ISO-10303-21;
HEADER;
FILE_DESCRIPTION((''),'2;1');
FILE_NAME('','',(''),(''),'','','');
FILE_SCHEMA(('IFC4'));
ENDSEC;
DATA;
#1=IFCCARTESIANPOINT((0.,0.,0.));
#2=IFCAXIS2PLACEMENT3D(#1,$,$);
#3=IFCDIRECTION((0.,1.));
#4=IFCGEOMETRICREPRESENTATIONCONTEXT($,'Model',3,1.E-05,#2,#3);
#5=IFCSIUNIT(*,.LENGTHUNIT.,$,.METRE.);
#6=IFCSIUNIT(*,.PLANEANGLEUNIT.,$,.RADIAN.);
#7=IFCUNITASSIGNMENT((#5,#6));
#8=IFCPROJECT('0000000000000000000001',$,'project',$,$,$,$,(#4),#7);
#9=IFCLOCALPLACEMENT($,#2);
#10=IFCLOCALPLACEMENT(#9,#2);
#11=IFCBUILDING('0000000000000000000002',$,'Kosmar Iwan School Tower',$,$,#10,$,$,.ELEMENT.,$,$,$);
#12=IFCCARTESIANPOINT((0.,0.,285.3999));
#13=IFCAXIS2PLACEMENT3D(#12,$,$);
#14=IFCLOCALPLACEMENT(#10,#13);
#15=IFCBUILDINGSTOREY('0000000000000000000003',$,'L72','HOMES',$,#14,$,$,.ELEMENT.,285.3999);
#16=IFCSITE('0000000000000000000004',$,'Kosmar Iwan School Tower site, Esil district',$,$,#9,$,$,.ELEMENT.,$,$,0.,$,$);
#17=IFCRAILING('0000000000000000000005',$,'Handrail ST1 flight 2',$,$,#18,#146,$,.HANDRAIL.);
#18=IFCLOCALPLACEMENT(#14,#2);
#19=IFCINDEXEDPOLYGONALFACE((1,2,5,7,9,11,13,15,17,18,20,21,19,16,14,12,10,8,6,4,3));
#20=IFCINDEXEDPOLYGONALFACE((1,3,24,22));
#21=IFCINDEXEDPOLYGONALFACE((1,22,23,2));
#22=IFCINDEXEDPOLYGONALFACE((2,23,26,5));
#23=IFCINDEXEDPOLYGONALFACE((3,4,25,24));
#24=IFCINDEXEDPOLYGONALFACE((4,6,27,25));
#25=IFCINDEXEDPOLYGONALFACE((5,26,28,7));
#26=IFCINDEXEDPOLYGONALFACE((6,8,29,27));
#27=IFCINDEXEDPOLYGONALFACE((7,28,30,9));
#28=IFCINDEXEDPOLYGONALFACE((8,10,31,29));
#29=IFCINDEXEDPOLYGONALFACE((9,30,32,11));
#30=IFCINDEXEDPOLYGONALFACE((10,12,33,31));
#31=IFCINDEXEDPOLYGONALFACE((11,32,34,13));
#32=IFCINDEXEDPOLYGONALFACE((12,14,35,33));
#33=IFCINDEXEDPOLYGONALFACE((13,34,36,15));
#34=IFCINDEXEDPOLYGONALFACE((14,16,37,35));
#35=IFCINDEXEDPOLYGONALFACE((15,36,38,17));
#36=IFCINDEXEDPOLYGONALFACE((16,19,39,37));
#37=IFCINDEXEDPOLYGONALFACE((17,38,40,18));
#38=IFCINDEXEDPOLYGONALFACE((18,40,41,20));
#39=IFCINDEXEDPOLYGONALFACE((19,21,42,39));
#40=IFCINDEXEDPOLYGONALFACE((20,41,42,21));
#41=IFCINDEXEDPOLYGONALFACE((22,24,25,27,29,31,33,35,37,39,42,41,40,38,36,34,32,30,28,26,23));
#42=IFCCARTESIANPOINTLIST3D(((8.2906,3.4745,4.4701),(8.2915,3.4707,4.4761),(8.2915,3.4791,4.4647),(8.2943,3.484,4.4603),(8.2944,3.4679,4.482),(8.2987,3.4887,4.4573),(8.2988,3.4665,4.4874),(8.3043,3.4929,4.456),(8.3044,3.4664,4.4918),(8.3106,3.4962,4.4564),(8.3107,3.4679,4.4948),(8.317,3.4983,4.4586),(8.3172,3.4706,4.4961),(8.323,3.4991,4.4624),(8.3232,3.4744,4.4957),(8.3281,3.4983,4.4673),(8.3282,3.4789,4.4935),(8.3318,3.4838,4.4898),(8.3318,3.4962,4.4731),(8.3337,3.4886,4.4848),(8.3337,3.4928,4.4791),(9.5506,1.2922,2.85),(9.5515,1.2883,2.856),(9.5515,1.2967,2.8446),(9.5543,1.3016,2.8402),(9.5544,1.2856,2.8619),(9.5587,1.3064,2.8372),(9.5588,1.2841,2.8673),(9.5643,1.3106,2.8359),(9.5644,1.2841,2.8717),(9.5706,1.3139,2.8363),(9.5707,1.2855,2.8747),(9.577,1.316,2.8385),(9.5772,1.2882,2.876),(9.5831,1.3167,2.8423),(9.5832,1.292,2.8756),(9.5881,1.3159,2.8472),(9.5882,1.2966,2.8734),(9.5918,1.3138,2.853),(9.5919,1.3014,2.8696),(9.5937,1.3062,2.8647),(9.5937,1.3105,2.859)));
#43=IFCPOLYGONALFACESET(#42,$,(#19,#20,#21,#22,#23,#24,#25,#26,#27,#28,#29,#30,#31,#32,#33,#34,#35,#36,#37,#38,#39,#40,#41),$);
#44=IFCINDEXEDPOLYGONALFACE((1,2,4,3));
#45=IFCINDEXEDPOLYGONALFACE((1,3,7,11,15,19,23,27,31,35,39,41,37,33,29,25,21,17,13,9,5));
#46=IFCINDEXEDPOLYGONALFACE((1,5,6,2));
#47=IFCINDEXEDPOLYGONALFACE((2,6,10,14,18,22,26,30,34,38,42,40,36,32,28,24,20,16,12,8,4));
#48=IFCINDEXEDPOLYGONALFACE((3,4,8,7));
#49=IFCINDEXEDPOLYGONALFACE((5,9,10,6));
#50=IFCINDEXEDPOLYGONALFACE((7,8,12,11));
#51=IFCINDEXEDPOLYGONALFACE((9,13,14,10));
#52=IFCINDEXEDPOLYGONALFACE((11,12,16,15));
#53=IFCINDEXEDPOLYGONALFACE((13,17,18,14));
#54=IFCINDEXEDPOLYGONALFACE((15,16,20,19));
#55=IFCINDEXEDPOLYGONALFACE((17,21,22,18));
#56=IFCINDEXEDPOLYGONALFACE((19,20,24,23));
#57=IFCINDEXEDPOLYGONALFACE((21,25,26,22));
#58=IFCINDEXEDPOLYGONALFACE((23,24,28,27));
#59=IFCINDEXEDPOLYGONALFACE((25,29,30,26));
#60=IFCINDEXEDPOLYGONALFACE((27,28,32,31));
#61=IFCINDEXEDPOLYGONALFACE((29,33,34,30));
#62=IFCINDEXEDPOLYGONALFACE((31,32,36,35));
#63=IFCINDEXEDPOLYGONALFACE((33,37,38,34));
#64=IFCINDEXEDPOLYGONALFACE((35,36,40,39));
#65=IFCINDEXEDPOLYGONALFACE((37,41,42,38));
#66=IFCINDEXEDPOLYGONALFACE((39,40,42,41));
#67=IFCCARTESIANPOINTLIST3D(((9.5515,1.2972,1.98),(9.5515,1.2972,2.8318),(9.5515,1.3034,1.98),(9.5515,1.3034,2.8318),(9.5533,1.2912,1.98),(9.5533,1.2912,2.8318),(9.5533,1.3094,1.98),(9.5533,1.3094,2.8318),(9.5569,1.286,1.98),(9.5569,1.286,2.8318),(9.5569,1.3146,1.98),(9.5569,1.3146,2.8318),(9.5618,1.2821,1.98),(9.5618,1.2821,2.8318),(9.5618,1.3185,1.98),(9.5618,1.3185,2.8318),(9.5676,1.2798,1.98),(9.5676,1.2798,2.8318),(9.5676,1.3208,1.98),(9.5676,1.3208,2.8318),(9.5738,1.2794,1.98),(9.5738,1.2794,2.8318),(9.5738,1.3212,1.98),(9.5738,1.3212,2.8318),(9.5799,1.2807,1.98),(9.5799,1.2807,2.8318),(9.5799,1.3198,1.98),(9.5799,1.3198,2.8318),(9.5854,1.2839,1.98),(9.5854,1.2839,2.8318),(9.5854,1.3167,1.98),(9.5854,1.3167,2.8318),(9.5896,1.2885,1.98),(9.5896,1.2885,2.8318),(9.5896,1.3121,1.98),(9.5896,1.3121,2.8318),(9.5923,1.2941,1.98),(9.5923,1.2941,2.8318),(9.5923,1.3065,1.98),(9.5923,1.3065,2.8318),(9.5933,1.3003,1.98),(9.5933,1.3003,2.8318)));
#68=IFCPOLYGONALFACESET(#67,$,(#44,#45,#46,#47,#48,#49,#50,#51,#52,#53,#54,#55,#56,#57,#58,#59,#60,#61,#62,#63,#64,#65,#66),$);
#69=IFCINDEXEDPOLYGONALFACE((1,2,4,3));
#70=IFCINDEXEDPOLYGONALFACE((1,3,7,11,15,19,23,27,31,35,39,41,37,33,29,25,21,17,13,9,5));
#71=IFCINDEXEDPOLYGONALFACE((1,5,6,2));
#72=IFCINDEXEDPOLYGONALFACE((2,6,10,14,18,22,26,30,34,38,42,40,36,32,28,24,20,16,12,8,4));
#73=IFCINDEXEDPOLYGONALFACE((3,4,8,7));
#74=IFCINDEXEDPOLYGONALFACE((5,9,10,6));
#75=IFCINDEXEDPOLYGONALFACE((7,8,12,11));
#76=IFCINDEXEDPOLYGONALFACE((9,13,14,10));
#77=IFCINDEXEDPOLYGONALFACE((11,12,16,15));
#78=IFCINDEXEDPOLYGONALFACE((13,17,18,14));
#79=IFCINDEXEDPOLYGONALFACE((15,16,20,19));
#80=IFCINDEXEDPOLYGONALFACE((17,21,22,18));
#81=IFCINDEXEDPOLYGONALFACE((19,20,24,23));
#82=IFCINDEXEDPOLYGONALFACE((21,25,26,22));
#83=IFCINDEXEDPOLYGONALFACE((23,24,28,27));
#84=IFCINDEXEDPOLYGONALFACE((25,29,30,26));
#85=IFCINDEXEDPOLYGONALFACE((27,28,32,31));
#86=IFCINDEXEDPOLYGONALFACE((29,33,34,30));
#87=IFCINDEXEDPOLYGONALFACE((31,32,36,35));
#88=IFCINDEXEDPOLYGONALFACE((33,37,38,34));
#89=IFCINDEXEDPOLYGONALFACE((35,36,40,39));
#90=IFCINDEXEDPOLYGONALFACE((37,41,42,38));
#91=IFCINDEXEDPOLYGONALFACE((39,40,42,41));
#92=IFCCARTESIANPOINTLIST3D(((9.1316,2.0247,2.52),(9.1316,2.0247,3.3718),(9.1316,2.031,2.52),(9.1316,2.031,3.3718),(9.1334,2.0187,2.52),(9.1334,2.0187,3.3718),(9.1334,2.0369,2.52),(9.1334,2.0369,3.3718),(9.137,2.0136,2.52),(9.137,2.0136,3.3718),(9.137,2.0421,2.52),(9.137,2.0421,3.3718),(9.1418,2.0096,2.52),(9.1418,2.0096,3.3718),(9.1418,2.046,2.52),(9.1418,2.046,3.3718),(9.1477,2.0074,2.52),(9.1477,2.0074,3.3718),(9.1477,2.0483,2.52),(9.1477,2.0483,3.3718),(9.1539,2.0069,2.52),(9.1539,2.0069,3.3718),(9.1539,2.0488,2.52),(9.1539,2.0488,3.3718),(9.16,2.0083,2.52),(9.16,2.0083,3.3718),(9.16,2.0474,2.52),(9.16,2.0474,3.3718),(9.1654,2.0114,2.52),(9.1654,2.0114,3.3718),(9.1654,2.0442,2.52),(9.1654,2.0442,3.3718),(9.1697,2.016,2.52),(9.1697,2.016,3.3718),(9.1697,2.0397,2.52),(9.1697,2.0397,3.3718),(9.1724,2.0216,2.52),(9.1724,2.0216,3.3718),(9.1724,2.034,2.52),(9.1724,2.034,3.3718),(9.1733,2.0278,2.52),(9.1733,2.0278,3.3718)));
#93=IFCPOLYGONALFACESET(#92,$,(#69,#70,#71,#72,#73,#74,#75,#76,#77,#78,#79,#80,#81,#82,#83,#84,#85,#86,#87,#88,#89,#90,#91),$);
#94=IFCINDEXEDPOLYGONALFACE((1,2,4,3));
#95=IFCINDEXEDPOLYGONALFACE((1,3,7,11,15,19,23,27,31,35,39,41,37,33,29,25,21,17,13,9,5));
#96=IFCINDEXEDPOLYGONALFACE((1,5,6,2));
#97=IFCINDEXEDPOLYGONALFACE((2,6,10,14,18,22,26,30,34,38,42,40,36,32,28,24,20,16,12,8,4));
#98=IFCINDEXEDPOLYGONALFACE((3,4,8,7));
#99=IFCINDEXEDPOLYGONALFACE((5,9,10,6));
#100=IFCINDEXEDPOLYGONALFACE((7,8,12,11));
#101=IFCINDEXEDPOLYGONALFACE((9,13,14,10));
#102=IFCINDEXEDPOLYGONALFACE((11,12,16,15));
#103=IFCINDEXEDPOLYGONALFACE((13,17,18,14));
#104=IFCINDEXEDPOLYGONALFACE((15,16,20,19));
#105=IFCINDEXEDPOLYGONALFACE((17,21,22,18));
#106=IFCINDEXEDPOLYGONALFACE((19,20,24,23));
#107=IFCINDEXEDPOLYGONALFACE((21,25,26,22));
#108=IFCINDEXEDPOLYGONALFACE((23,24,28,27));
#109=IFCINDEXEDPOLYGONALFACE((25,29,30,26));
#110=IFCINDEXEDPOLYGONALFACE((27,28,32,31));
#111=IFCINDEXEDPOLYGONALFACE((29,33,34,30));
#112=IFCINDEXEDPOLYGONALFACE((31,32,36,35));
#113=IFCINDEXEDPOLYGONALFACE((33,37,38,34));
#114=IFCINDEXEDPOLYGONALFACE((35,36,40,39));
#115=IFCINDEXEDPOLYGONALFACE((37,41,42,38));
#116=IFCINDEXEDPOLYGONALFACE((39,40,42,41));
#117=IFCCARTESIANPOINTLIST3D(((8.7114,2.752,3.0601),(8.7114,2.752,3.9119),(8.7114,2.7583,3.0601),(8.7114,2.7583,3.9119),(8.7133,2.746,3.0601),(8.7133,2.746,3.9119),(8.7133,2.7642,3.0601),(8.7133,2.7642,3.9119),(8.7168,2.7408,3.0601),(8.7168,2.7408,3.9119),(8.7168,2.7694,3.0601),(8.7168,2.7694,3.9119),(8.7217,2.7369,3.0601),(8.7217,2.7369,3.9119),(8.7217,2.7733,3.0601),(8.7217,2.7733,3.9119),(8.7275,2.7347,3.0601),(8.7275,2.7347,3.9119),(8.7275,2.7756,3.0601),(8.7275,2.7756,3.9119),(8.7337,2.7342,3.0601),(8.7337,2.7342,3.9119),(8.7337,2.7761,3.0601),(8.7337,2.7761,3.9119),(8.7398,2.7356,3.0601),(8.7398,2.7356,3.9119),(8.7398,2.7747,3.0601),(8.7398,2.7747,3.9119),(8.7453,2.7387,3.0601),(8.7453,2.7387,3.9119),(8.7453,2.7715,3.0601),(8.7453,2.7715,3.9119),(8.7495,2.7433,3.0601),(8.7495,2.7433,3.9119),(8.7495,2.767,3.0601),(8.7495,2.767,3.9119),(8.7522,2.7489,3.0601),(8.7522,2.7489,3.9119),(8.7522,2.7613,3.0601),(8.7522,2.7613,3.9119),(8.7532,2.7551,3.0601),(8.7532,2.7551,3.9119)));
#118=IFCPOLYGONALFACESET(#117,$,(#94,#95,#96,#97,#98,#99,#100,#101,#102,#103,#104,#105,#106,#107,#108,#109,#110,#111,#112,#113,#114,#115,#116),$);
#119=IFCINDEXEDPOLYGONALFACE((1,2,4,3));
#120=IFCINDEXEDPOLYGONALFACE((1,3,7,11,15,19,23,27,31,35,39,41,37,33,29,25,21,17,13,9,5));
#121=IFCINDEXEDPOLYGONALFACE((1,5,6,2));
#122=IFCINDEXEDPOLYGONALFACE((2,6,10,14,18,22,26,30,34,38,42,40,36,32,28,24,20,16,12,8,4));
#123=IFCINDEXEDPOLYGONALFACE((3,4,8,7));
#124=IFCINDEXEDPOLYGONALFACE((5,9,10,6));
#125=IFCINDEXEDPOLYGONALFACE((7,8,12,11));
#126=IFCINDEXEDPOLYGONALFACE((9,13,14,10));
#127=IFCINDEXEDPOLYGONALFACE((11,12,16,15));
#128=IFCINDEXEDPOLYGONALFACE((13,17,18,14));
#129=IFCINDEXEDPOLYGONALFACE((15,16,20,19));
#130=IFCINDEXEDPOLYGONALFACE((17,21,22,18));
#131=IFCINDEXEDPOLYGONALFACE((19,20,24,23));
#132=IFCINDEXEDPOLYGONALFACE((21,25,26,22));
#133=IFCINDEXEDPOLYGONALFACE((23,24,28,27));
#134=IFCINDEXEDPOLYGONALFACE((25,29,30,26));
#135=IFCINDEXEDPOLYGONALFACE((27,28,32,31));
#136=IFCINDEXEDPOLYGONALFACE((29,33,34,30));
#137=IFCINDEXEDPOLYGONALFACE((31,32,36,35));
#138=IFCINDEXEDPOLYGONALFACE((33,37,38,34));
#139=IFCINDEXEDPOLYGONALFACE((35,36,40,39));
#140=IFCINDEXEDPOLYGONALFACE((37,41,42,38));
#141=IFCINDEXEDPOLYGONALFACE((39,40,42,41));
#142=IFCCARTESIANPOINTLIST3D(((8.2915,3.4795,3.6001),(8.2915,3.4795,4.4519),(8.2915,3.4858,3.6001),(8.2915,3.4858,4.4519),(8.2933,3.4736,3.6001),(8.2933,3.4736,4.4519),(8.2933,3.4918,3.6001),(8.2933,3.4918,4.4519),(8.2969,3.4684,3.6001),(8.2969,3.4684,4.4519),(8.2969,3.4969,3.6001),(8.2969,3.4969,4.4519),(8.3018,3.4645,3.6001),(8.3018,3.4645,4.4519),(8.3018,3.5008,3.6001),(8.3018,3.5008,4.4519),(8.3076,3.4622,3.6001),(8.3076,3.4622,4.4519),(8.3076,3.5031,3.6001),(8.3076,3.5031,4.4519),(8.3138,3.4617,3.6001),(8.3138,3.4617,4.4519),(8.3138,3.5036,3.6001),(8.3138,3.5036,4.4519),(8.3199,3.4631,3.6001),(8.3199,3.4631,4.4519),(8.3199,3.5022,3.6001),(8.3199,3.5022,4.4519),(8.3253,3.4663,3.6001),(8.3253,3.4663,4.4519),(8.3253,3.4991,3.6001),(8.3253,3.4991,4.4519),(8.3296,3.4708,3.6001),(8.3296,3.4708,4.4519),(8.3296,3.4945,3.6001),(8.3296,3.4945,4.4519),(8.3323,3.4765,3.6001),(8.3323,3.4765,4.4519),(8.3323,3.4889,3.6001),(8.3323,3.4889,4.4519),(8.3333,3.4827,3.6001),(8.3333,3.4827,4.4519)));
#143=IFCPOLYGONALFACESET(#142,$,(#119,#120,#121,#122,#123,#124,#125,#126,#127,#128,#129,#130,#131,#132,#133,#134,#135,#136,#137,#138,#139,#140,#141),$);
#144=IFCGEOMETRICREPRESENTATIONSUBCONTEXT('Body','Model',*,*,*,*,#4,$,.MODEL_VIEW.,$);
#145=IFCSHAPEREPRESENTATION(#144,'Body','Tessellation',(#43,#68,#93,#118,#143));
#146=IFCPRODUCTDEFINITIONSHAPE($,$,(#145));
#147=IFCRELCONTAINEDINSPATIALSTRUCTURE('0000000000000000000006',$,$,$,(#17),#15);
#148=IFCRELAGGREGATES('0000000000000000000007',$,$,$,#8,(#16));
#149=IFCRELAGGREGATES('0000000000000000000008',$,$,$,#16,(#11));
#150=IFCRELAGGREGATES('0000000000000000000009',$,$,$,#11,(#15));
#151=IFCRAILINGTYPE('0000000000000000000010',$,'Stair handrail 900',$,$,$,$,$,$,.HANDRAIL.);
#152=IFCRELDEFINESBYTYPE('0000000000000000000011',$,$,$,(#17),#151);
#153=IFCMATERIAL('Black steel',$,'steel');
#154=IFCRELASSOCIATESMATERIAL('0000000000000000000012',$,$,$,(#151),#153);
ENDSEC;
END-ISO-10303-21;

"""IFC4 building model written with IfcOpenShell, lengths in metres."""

from ifc_helpers import new_model, si_unit, direction, frame, origin, origin_2d, place, context, subcontext, project, spatial, circle, extrude, material, type_object, element, save


model = new_model("IFC4")

# Units and contexts
model_context = context("Model", 3, precision=1e-05, world=origin(), true_north=direction((0.0, 1.0)))
body_context = subcontext(model_context, "Body", "Model", "MODEL_VIEW")
ifc_project = project(units=[si_unit("LENGTHUNIT", "METRE"), si_unit("PLANEANGLEUNIT", "RADIAN")], contexts=[model_context])

# Site, building, storey
site_placement = place(None, origin())
site = spatial("IfcSite", under=ifc_project, at=site_placement, Name="Kosmar Iwan School Tower site, Esil district", CompositionType="ELEMENT", RefElevation=0.0)
building_placement = place(site_placement, origin())
building = spatial("IfcBuilding", under=site, at=building_placement, Name="Kosmar Iwan School Tower", CompositionType="ELEMENT")
storey_placement = place(building_placement, frame((0.0, 0.0, 285.3999)))
storey = spatial("IfcBuildingStorey", under=building, at=storey_placement, Name="L72", Description="HOMES", CompositionType="ELEMENT", Elevation=285.3999)

# Railing
ifc_material_1 = material(Name="Black steel", Category="steel")
railing_type = type_object("IfcRailingType", Name="Stair handrail 900", PredefinedType="HANDRAIL", material=ifc_material_1)
railing_placement = place(storey_placement, frame((9.5723, 1.3003, 1.98)))
element("IfcRailing", 1, at=railing_placement, inside=storey, type_object=railing_type, Name="Handrail ST1 flight 2", PredefinedType="HANDRAIL", context=body_context, shape_type="SweptSolid", body=[
    extrude(circle(Radius=0.0239, at=origin_2d()), frame((0.0, 0.0, 0.876), z_axis=(-0.420584, 0.728464, 0.540786), x_axis=(-0.866023, -0.500005, 0.0)), (0.0, 0.0, 1.0), 2.9958),
    extrude(circle(Radius=0.021, at=origin_2d()), origin(), (0.0, 0.0, 1.0), 0.8518),
    extrude(circle(Radius=0.021, at=origin_2d()), frame((-0.4199, 0.7275, 0.54)), (0.0, 0.0, 1.0), 0.8518),
    extrude(circle(Radius=0.021, at=origin_2d()), frame((-0.8401, 1.4548, 1.0801)), (0.0, 0.0, 1.0), 0.8518),
    extrude(circle(Radius=0.021, at=origin_2d()), frame((-1.26, 2.1824, 1.6201)), (0.0, 0.0, 1.0), 0.8518),
])

save(model, "model.ifc")
